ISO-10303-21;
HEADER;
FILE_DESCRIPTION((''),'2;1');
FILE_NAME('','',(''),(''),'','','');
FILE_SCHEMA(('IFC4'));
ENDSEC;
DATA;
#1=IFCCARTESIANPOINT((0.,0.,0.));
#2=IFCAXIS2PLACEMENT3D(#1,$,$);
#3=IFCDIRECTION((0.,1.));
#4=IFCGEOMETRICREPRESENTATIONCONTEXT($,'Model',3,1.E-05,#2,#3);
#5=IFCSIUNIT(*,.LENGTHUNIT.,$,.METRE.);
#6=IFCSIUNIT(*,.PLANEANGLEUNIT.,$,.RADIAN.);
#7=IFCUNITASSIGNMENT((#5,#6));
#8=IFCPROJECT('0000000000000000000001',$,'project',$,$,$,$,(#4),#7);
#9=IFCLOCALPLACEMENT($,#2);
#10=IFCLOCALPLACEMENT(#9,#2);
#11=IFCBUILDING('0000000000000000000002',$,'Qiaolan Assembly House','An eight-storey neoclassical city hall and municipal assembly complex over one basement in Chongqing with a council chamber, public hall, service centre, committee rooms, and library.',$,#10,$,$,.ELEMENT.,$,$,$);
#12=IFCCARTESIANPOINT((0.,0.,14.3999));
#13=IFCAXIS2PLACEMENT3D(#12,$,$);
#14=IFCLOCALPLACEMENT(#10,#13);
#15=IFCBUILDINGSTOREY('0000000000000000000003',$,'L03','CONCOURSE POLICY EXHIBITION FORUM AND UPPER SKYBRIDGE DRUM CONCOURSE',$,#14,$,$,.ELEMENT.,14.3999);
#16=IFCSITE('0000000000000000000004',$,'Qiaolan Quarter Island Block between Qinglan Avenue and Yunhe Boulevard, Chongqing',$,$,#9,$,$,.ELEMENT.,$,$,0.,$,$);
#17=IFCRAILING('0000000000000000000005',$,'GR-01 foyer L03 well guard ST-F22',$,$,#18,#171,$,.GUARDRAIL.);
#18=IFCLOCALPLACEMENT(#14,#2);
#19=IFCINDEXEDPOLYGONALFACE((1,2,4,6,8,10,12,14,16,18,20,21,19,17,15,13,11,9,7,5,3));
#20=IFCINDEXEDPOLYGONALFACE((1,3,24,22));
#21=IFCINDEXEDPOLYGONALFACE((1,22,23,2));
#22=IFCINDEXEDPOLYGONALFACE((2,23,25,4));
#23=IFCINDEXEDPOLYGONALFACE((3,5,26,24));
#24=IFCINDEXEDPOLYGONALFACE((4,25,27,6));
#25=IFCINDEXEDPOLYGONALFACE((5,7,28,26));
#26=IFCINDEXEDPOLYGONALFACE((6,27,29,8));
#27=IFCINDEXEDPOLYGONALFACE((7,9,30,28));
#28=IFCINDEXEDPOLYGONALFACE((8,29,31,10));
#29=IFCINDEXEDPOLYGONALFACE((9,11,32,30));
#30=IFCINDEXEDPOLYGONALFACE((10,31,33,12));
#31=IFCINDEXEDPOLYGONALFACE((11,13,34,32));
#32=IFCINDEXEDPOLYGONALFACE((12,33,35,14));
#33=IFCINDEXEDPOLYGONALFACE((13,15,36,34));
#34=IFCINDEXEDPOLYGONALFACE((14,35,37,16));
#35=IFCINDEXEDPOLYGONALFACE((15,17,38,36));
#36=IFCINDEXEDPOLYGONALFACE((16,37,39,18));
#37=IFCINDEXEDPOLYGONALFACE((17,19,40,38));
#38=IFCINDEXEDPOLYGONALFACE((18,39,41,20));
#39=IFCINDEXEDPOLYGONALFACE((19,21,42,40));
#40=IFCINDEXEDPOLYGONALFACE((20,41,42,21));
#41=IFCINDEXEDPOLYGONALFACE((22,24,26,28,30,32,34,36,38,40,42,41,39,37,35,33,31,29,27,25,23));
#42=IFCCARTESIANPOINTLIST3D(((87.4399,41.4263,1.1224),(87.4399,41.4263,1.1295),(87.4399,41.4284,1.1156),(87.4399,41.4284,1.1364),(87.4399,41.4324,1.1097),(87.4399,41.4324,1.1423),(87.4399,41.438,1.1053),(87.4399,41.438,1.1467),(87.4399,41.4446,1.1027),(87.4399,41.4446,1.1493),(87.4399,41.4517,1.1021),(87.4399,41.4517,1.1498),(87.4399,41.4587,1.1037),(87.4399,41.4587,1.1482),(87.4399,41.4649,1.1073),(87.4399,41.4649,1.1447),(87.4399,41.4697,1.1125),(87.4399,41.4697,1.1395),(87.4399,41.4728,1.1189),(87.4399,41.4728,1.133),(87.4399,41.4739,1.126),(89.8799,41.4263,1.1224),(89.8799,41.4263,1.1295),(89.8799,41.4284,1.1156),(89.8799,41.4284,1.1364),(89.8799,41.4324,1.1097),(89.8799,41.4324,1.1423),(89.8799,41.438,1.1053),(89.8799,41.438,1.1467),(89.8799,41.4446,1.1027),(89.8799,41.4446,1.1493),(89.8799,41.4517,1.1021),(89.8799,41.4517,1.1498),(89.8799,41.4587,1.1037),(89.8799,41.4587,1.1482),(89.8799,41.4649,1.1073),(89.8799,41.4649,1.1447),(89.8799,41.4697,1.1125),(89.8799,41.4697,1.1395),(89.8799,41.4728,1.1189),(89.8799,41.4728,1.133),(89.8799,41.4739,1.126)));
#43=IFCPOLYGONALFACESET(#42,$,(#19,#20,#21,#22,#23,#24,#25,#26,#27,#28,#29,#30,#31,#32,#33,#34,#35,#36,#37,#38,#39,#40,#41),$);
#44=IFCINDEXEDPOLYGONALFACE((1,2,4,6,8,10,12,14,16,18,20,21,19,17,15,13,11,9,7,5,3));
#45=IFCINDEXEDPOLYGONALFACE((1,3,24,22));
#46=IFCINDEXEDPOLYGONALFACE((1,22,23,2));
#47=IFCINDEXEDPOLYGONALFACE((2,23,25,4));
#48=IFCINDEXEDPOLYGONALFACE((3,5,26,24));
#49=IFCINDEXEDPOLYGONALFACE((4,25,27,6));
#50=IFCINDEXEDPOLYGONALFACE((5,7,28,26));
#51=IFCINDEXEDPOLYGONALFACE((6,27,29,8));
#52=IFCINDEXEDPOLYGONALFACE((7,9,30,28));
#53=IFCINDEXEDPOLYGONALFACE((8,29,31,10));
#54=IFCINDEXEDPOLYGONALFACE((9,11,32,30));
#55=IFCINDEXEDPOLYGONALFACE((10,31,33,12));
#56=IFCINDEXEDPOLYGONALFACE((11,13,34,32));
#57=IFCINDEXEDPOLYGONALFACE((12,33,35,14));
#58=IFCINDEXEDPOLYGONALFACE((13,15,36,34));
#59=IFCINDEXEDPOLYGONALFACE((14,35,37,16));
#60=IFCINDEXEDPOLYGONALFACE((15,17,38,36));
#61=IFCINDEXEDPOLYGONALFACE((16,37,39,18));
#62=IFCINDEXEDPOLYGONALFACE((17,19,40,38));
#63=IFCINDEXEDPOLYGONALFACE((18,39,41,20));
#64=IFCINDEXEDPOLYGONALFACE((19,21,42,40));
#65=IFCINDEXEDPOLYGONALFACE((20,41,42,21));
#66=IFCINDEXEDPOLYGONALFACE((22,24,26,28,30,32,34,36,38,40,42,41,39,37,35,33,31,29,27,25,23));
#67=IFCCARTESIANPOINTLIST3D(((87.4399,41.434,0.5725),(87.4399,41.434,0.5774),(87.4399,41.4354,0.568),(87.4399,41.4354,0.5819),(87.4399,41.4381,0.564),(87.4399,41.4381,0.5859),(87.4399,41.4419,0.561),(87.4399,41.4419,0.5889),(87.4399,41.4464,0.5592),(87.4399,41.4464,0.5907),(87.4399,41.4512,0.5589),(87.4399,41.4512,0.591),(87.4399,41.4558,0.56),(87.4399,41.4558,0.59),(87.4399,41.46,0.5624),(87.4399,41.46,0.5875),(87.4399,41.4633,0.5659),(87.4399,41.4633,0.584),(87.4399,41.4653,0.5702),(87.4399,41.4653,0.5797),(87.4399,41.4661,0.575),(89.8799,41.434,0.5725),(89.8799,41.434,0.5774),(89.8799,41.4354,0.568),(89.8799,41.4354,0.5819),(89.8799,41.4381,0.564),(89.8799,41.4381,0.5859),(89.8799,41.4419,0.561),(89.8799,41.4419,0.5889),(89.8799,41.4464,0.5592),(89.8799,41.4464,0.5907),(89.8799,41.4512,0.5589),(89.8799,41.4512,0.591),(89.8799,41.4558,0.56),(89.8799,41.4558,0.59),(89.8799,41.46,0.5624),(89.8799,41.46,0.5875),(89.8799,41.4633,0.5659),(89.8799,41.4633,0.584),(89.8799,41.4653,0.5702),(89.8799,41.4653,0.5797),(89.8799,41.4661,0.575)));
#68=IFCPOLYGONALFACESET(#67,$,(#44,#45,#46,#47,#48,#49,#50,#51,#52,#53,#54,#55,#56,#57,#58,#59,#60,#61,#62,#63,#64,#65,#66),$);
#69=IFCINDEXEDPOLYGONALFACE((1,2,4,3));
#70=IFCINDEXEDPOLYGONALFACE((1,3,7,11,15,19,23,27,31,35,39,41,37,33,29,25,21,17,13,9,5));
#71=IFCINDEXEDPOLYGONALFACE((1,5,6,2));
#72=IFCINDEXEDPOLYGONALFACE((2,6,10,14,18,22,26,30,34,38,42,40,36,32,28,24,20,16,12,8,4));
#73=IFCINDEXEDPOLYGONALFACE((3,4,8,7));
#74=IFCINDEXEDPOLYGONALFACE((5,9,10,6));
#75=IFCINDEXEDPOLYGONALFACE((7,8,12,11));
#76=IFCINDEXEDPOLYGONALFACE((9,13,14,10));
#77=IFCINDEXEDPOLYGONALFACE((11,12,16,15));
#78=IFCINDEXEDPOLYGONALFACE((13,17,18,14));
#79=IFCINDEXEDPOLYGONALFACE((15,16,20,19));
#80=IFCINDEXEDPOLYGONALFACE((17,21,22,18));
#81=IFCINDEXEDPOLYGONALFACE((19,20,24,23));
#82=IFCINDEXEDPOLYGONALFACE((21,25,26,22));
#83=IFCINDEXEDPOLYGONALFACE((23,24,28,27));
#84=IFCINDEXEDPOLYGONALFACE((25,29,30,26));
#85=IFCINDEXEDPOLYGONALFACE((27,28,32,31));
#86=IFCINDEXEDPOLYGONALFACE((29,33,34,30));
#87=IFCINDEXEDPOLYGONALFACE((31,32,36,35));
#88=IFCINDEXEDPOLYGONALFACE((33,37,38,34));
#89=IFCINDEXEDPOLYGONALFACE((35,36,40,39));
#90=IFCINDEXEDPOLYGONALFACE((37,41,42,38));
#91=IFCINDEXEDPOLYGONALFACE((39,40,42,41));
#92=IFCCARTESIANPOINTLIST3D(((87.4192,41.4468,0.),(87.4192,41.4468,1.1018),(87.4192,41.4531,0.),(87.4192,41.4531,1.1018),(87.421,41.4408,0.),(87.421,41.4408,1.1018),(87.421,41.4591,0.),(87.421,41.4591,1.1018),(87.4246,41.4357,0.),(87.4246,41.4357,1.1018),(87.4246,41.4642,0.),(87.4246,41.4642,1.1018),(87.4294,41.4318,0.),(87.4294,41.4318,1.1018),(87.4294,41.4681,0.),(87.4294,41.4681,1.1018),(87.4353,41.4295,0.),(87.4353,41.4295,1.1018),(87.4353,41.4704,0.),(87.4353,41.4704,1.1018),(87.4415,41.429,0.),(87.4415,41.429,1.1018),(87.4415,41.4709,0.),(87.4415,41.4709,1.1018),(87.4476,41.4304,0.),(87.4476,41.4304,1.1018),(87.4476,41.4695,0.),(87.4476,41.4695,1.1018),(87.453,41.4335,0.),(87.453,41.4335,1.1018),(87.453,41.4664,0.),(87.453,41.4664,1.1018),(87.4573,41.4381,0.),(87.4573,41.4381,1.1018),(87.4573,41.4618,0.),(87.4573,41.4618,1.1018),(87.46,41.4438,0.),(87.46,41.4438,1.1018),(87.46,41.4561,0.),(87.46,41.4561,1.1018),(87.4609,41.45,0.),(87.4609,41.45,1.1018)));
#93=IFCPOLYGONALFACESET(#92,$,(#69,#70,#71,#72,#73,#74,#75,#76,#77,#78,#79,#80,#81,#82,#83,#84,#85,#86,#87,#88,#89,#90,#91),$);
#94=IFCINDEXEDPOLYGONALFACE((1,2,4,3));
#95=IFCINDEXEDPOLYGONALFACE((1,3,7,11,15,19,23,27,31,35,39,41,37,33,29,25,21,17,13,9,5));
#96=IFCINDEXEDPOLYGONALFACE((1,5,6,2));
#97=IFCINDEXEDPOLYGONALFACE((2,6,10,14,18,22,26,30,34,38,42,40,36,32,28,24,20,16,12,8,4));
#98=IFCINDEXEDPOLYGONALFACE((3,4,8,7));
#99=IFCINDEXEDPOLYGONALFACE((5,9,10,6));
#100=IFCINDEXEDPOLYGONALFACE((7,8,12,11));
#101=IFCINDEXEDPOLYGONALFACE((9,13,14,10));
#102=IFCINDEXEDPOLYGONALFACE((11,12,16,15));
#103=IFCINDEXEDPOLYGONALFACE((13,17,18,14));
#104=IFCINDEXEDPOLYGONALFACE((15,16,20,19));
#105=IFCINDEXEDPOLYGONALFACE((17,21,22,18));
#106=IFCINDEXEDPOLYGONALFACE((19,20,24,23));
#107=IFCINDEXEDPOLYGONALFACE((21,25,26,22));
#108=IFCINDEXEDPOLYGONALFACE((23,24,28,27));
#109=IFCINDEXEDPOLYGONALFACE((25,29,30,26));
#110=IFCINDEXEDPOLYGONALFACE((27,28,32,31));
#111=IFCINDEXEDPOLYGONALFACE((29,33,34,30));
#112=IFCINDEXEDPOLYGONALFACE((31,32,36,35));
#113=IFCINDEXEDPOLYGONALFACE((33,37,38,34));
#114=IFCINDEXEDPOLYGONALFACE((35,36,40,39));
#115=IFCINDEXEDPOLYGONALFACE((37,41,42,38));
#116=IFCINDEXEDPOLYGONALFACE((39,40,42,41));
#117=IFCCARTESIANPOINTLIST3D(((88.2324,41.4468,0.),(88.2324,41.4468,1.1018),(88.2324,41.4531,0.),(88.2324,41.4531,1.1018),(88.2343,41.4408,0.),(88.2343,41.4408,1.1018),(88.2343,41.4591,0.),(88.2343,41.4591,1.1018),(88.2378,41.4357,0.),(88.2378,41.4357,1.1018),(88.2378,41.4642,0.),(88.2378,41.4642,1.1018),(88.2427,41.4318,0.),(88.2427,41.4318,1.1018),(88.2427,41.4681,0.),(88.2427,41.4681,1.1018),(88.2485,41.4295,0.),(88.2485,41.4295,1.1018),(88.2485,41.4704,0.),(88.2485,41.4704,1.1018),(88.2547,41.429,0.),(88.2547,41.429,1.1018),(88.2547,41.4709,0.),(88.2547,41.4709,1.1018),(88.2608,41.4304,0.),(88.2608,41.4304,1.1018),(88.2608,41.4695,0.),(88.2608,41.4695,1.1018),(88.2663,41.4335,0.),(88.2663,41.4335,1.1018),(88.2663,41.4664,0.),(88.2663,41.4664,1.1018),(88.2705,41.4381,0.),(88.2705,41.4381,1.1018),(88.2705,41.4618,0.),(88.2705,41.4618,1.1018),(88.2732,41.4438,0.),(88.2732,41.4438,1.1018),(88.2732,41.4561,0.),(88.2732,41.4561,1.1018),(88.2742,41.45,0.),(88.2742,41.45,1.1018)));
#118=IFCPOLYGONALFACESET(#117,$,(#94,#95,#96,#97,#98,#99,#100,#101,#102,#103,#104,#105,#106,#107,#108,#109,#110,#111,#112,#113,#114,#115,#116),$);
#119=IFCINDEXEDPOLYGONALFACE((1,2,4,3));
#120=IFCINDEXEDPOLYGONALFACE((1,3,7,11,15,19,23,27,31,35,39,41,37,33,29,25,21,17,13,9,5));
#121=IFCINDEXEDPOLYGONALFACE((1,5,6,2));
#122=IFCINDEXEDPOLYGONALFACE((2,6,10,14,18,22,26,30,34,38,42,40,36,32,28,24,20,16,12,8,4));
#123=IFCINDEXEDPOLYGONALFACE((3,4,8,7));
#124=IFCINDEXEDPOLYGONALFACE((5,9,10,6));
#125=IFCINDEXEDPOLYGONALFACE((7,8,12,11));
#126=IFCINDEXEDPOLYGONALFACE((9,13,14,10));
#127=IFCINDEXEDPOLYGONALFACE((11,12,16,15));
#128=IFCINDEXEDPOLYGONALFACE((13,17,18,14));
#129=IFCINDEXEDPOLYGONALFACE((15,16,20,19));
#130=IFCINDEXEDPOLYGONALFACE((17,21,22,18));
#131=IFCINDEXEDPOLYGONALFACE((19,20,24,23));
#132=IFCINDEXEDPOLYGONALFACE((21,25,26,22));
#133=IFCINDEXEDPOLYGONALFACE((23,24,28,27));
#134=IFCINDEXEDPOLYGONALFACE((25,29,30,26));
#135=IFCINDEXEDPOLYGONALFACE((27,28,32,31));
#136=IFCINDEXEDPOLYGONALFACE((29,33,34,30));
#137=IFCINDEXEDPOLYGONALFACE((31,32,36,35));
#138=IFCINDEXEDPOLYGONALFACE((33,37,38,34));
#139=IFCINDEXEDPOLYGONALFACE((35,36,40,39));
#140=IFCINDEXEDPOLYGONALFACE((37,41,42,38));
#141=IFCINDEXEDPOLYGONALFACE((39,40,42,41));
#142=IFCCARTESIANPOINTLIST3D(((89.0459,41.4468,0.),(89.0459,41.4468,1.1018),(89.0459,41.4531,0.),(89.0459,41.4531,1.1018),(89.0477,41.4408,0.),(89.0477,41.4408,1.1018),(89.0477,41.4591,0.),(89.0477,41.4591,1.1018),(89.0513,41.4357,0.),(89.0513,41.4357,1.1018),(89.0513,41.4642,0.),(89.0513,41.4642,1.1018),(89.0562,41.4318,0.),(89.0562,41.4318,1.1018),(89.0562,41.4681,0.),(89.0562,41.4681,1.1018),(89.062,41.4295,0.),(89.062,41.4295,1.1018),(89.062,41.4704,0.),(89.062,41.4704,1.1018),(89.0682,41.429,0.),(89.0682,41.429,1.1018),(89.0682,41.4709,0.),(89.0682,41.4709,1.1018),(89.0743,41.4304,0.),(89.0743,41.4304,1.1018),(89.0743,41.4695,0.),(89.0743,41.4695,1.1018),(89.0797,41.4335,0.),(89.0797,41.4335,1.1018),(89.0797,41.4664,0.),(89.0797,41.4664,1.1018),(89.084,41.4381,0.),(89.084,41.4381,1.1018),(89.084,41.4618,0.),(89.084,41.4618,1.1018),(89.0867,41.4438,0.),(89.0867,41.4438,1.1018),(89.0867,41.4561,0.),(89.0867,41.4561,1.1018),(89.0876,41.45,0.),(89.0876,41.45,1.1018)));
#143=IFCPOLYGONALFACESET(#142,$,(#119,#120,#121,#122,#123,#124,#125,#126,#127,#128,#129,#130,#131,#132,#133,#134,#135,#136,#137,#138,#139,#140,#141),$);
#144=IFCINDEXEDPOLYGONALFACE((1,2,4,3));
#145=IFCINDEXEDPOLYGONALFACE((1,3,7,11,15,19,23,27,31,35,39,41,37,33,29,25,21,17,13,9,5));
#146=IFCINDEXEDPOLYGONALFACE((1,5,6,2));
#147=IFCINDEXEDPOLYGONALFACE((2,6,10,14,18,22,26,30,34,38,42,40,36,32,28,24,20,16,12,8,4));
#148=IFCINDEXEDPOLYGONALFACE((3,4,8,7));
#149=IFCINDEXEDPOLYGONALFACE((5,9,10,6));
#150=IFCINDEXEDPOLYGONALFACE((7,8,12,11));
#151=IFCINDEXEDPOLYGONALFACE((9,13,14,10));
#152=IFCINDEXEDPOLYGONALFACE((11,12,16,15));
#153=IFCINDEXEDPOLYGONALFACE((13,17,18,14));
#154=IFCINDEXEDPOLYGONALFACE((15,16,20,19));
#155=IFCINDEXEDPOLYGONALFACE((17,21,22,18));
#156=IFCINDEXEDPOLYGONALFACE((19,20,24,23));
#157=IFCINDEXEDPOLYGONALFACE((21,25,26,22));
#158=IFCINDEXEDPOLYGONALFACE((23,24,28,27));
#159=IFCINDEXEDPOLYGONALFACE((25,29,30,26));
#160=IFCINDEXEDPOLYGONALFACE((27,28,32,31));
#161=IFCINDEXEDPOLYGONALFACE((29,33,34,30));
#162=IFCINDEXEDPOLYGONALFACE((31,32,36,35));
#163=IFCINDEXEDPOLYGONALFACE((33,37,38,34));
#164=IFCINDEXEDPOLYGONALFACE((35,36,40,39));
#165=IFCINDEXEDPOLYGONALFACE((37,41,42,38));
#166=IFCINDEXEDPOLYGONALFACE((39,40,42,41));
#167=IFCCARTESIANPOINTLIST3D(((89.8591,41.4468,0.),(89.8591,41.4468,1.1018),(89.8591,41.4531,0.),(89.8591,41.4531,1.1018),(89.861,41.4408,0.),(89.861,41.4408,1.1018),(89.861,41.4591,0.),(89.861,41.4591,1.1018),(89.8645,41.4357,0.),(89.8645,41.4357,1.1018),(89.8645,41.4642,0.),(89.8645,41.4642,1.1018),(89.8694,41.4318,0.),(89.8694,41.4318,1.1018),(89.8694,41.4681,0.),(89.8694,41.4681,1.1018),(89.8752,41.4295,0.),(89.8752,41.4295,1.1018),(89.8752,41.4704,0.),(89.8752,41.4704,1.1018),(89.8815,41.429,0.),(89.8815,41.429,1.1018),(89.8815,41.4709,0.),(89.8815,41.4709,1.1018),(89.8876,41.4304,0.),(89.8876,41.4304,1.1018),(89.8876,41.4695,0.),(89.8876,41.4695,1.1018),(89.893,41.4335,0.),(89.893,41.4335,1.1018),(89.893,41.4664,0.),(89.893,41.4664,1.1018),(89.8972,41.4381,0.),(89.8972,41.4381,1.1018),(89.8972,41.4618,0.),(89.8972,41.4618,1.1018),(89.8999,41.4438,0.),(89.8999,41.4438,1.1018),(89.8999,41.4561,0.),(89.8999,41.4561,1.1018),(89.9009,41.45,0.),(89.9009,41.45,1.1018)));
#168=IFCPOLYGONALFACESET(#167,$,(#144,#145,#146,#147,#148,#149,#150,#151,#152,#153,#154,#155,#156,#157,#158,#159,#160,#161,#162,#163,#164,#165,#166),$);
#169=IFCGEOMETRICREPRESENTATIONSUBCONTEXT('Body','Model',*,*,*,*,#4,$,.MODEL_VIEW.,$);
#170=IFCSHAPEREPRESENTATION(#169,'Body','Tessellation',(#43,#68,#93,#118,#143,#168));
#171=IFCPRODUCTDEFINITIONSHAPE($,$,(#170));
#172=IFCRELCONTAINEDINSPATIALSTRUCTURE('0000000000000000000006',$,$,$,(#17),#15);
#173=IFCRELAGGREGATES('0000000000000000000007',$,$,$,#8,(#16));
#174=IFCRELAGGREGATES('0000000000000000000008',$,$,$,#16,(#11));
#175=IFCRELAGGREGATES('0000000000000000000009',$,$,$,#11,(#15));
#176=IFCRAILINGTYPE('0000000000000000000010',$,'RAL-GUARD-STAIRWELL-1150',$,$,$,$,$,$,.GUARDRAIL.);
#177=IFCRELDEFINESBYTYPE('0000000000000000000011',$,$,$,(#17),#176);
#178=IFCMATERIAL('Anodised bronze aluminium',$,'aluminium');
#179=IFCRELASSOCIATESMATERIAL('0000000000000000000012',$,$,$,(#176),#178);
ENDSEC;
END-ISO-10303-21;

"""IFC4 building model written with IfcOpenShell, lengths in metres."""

from ifc_helpers import new_model, si_unit, direction, frame, origin, origin_2d, place, context, subcontext, project, spatial, circle, extrude, material, type_object, element, save


model = new_model("IFC4")

# Units and contexts
model_context = context("Model", 3, precision=1e-05, world=origin(), true_north=direction((0.0, 1.0)))
body_context = subcontext(model_context, "Body", "Model", "MODEL_VIEW")
ifc_project = project(units=[si_unit("LENGTHUNIT", "METRE"), si_unit("PLANEANGLEUNIT", "RADIAN")], contexts=[model_context])

# Site, building, storey
site_placement = place(None, origin())
site = spatial("IfcSite", under=ifc_project, at=site_placement, Name="Qiaolan Quarter Island Block between Qinglan Avenue and Yunhe Boulevard, Chongqing", CompositionType="ELEMENT", RefElevation=0.0)
building_placement = place(site_placement, origin())
building = spatial("IfcBuilding", under=site, at=building_placement, Name="Qiaolan Assembly House", Description="An eight-storey neoclassical city hall and municipal assembly complex over one basement in Chongqing with a council chamber, public hall, service centre, committee rooms, and library.", CompositionType="ELEMENT")
storey_placement = place(building_placement, frame((0.0, 0.0, 14.3999)))
storey = spatial("IfcBuildingStorey", under=building, at=storey_placement, Name="L03", Description="CONCOURSE POLICY EXHIBITION FORUM AND UPPER SKYBRIDGE DRUM CONCOURSE", CompositionType="ELEMENT", Elevation=14.3999)

# Shared definitions
ifc_material_1 = material(Name="Anodised bronze aluminium", Category="aluminium")

# Railing
railing_type = type_object("IfcRailingType", Name="RAL-GUARD-STAIRWELL-1150", PredefinedType="GUARDRAIL", material=ifc_material_1)
railing_1_placement = place(storey_placement, frame((87.4399, 41.45, 0.0)))
element("IfcRailing", 1, at=railing_1_placement, inside=storey, type_object=railing_type, Name="GR-01 foyer L03 well guard ST-F22", PredefinedType="GUARDRAIL", context=body_context, shape_type="SweptSolid", body=[
    extrude(circle(Radius=0.0239, at=origin_2d()), frame((0.0, 0.0, 1.126), z_axis=(1.0, 0.0, 0.0), x_axis=(0.0, 1.0, 0.0)), (0.0, 0.0, 1.0), 2.4399),
    extrude(circle(Radius=0.0161, at=origin_2d()), frame((0.0, 0.0, 0.575), z_axis=(1.0, 0.0, 0.0), x_axis=(0.0, 1.0, 0.0)), (0.0, 0.0, 1.0), 2.4399),
    extrude(circle(Radius=0.021, at=origin_2d()), origin(), (0.0, 0.0, 1.0), 1.1018),
    extrude(circle(Radius=0.021, at=origin_2d()), frame((0.8132, 0.0, 0.0)), (0.0, 0.0, 1.0), 1.1018),
    extrude(circle(Radius=0.021, at=origin_2d()), frame((1.6267, 0.0, 0.0)), (0.0, 0.0, 1.0), 1.1018),
    extrude(circle(Radius=0.021, at=origin_2d()), frame((2.4399, 0.0, 0.0)), (0.0, 0.0, 1.0), 1.1018),
])

save(model, "model.ifc")
